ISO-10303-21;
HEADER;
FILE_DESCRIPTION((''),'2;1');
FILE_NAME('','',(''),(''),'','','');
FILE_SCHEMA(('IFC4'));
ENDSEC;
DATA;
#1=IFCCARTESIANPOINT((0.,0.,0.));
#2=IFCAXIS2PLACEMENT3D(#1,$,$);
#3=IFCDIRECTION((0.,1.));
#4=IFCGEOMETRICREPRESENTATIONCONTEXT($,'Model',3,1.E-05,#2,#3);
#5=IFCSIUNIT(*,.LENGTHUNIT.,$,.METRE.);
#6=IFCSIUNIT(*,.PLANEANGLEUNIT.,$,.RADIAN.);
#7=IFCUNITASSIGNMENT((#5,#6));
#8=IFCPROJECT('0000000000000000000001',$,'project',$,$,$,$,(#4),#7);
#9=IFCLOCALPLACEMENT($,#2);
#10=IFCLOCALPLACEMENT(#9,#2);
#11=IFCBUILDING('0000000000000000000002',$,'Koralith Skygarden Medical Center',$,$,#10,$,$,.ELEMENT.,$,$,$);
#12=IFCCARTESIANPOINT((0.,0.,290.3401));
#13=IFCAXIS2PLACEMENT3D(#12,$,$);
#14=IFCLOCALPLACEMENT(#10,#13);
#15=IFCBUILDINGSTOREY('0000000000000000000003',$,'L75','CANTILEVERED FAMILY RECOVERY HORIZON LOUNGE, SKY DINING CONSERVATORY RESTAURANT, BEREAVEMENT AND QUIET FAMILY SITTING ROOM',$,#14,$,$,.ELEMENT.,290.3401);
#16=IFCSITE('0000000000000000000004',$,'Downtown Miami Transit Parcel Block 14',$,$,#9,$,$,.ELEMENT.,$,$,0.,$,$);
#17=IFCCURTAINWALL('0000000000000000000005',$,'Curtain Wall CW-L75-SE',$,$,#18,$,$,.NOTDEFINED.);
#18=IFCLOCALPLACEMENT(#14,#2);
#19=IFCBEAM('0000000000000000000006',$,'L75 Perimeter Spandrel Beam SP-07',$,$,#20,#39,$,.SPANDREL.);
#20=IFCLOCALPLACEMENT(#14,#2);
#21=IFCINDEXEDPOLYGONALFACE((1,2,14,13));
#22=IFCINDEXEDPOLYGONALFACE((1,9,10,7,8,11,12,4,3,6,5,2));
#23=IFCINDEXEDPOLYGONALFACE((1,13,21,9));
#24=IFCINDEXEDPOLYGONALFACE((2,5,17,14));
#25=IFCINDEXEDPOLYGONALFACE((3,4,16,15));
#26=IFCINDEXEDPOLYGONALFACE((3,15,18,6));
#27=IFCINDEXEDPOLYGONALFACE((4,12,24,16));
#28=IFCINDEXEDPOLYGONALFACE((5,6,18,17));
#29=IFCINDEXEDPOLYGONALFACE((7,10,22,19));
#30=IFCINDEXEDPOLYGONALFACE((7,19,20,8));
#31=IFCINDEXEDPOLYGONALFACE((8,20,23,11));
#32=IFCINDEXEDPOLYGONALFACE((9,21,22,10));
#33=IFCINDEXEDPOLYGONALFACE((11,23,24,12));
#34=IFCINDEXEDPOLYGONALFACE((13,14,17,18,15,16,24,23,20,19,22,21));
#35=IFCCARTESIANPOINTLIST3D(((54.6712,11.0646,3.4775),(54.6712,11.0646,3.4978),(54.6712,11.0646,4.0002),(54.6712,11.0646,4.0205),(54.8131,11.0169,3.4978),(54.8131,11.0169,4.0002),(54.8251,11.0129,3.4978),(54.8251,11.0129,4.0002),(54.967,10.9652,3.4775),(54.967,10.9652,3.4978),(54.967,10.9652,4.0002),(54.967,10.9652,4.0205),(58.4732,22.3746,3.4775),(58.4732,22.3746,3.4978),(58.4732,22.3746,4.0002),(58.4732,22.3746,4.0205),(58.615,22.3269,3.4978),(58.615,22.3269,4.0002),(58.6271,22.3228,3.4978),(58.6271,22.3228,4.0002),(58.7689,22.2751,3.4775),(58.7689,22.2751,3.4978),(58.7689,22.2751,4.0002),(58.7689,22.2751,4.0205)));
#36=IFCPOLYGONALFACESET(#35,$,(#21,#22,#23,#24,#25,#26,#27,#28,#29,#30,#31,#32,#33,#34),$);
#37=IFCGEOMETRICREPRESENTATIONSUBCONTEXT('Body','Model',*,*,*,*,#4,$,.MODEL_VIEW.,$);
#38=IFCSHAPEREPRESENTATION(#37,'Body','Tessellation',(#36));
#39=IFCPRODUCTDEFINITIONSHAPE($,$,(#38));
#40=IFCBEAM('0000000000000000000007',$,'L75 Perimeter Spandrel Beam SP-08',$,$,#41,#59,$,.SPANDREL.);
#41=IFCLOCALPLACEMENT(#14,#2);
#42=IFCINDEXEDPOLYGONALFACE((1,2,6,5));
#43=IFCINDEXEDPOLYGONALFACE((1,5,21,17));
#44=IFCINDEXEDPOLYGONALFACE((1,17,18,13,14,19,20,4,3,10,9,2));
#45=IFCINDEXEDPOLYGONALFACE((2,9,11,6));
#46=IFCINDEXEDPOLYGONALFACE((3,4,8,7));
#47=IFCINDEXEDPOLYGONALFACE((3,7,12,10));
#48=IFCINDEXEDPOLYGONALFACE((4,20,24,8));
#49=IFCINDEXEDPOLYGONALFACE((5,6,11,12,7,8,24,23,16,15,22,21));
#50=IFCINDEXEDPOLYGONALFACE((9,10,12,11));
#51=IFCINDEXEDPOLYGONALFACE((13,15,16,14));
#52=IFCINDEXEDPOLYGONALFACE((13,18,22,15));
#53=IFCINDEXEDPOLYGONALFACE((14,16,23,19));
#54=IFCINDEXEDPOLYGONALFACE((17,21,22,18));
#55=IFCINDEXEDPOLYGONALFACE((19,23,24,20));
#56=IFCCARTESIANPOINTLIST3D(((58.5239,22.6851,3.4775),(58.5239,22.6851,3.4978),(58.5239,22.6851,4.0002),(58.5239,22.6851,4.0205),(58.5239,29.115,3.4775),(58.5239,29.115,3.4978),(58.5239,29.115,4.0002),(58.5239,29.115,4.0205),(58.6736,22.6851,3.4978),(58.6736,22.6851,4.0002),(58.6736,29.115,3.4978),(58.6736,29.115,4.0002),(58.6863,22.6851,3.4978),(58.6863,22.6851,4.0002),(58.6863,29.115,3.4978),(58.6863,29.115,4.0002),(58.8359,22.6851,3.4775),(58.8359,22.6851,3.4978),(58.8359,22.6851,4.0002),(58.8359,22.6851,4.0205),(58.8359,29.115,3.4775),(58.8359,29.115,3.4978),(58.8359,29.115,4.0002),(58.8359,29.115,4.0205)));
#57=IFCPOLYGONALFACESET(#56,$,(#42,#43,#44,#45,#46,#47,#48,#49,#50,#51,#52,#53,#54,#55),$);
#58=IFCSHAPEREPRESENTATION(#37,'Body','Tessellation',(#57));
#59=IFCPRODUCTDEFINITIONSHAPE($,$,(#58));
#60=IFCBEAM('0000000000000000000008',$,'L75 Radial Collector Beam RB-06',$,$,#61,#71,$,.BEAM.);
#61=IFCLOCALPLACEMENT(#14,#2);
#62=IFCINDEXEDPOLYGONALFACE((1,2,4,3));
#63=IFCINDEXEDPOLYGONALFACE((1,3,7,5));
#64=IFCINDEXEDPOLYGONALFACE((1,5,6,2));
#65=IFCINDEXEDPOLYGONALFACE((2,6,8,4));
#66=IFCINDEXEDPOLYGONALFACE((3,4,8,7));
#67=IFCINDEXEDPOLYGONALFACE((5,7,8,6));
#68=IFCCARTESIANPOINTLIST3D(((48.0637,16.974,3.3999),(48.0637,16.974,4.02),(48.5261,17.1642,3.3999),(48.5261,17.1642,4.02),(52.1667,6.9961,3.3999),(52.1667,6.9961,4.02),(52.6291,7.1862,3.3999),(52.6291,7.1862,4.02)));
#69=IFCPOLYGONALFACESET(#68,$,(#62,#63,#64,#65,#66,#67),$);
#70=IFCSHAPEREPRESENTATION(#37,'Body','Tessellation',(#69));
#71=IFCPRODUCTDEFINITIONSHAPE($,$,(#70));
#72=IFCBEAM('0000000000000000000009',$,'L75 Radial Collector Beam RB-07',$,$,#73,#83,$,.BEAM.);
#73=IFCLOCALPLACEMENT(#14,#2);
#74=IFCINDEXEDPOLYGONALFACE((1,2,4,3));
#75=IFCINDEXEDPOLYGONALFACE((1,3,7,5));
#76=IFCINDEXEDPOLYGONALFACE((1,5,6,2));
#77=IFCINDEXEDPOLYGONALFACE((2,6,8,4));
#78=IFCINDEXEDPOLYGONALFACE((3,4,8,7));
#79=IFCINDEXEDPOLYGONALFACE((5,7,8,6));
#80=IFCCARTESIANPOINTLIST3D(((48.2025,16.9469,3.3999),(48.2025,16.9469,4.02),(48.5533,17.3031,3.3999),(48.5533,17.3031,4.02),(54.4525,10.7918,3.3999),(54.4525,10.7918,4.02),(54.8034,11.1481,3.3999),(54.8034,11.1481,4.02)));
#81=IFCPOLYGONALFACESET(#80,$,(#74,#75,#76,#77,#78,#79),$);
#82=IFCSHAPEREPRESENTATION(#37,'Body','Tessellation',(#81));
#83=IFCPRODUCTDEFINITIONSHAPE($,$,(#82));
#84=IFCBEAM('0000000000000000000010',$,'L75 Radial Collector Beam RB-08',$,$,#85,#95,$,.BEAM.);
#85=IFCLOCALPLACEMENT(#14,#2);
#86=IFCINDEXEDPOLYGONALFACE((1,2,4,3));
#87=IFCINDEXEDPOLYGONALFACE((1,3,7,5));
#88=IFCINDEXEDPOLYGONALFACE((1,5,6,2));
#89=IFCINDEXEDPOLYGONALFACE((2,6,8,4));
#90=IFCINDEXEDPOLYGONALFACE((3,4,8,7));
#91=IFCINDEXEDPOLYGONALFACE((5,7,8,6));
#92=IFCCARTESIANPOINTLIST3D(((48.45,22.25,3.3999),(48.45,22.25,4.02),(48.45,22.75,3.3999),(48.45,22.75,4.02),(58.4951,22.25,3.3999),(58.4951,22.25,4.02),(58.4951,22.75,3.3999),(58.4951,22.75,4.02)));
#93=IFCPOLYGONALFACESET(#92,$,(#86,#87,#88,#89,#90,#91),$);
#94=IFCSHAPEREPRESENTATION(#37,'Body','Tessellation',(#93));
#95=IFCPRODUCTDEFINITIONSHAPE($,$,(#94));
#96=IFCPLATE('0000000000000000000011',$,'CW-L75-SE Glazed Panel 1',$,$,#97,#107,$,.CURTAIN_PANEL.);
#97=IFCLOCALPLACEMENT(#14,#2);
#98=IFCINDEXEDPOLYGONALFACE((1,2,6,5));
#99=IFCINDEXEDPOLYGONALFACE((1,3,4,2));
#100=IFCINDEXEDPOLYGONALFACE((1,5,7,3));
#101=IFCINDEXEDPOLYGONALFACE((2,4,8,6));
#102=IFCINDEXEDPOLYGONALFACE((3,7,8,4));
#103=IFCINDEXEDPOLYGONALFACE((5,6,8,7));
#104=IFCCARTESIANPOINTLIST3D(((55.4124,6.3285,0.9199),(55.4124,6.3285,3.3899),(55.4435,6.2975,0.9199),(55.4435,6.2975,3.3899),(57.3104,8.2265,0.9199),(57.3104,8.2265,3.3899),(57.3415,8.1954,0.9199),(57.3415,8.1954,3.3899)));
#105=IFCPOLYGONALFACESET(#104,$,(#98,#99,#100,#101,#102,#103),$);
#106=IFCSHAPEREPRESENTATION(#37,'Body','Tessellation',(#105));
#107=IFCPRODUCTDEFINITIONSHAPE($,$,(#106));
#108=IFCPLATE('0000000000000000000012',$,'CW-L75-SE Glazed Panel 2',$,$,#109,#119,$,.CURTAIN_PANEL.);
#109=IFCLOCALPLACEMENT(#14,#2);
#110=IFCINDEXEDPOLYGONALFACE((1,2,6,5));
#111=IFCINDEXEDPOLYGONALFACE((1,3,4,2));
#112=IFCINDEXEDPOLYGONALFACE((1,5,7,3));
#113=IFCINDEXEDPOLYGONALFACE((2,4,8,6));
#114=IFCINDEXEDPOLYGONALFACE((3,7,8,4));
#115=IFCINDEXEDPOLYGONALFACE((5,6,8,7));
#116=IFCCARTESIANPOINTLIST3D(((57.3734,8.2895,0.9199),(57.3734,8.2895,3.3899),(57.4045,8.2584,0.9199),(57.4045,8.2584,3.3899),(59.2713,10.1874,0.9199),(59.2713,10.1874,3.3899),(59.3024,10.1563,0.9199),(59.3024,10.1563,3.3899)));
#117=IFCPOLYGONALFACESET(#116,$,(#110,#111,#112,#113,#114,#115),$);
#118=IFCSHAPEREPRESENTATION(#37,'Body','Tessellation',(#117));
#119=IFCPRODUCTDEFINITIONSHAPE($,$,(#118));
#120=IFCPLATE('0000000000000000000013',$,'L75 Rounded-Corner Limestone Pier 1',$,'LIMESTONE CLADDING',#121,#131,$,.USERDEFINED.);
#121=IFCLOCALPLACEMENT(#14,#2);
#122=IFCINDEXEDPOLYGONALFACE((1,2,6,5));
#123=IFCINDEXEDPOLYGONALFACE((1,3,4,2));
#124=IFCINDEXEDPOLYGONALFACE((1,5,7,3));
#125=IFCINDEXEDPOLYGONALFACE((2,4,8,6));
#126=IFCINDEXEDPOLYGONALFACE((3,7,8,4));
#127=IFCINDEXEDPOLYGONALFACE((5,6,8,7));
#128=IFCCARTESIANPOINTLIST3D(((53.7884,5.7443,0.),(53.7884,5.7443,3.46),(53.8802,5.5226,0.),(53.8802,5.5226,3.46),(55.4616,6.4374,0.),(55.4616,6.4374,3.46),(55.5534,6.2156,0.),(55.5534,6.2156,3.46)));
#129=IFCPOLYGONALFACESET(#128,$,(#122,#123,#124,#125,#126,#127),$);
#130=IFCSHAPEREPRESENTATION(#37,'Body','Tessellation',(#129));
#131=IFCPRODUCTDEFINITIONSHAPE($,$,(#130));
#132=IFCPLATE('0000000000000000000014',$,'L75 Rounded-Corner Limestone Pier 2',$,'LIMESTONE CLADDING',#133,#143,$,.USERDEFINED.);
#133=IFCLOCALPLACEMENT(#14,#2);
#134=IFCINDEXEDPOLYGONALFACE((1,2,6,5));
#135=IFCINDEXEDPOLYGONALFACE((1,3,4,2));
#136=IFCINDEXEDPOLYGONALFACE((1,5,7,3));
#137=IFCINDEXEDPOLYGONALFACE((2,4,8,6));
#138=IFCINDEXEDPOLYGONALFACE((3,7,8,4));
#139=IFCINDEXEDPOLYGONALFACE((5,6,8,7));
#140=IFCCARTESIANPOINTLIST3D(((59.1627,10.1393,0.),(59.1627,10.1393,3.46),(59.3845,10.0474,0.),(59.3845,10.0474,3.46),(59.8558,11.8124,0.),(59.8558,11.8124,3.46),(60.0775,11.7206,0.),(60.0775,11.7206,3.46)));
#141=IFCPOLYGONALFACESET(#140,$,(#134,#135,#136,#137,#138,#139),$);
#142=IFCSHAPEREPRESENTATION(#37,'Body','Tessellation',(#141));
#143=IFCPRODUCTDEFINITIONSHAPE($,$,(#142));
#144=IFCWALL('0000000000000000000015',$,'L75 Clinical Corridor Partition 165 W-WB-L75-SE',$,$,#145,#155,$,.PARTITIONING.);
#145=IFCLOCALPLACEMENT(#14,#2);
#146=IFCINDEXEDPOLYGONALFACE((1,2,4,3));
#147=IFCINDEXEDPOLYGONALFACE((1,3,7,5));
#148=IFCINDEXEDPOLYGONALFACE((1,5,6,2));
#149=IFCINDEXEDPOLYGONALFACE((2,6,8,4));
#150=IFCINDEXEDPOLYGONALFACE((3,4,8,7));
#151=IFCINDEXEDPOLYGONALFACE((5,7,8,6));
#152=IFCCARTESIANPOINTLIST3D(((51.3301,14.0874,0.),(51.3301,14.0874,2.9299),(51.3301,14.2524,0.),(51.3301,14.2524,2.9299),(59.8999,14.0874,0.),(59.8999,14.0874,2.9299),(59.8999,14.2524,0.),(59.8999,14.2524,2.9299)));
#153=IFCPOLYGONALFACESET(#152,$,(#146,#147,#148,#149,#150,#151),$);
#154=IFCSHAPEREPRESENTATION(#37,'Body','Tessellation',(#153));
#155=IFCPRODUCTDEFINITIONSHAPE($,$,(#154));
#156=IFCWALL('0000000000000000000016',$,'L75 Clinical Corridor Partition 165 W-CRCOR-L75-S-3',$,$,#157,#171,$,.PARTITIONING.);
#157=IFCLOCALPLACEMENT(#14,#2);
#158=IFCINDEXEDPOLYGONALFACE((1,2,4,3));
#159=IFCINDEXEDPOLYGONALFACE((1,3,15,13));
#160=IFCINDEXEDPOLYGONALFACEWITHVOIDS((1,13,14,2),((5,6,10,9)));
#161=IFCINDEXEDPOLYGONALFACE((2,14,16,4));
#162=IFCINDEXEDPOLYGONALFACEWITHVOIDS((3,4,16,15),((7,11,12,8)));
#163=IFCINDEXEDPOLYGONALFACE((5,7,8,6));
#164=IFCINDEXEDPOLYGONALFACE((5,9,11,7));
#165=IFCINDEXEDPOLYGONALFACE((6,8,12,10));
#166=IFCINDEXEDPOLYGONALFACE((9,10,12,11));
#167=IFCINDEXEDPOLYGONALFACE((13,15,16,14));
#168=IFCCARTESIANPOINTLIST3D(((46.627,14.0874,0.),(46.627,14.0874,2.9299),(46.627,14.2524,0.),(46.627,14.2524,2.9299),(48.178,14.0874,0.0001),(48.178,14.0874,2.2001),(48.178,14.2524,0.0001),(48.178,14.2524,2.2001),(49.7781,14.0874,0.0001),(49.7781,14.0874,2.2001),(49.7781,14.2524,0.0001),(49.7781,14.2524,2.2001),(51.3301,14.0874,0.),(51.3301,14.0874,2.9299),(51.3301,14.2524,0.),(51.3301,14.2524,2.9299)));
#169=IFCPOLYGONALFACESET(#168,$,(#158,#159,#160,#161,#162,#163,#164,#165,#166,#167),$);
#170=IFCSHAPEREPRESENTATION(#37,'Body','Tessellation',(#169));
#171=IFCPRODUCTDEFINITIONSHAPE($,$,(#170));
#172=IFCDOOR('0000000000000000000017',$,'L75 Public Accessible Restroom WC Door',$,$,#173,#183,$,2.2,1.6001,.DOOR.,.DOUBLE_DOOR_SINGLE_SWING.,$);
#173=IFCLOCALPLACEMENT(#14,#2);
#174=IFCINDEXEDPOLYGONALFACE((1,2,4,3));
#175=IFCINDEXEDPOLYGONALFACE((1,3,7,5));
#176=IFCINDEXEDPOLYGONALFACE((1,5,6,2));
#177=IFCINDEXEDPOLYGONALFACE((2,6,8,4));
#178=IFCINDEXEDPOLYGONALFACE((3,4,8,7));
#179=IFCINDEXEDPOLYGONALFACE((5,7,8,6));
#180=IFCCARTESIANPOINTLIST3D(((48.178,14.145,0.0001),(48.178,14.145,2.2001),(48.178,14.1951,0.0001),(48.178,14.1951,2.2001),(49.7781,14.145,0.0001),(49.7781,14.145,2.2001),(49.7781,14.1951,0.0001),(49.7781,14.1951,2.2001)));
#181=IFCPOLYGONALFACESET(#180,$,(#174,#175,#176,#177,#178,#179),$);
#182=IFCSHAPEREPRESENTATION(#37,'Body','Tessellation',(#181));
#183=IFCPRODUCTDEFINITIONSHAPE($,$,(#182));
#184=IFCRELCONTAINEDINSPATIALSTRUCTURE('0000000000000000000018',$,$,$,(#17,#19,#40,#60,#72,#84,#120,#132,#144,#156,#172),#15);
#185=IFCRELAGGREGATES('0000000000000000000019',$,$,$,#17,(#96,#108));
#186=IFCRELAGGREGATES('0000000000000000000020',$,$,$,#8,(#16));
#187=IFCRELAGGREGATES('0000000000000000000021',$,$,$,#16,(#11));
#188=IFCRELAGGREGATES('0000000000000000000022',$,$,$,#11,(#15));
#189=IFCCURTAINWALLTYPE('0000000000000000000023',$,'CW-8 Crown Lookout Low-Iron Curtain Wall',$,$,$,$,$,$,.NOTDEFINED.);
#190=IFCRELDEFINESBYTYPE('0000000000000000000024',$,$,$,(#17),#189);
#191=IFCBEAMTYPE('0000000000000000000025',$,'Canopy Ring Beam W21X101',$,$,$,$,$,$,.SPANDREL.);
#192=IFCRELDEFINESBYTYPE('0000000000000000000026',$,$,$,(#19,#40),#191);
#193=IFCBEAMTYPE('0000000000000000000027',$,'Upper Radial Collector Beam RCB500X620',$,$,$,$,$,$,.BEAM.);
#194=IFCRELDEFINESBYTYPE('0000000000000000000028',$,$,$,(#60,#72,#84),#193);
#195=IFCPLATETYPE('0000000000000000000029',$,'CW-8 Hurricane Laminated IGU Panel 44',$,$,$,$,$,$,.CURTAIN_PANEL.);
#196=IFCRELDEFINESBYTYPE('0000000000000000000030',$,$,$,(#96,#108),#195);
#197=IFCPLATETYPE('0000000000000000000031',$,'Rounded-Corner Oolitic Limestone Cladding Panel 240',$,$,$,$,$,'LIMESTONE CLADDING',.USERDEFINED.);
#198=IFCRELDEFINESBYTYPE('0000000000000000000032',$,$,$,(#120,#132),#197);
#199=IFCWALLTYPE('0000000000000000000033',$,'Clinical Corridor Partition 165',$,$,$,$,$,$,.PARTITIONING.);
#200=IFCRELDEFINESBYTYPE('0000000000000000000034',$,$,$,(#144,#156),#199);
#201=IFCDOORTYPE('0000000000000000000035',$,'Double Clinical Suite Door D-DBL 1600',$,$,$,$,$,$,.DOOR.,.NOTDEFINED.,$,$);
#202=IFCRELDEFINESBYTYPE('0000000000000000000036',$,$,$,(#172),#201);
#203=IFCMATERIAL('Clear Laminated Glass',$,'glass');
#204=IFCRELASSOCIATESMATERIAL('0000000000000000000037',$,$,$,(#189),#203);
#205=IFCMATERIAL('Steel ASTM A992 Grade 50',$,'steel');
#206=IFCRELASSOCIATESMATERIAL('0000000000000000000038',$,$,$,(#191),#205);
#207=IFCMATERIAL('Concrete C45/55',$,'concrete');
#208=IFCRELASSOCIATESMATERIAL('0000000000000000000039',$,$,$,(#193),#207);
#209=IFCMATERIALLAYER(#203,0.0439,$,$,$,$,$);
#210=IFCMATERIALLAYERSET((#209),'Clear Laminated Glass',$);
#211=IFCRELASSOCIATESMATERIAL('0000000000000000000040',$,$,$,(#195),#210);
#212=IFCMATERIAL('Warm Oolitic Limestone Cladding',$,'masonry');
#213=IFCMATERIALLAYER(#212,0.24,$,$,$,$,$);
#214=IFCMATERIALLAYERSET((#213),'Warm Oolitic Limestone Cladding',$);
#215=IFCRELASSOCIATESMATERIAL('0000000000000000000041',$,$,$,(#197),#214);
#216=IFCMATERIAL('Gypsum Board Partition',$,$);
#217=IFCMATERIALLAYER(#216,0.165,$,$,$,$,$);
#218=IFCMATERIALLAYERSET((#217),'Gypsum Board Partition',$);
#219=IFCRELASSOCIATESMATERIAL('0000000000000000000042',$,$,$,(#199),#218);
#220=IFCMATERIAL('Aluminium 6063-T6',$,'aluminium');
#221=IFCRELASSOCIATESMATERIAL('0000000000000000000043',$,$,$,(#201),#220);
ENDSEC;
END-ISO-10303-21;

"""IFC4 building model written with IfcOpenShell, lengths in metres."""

from ifc_helpers import new_model, si_unit, direction, frame, frame_2d, origin, origin_2d, place, context, subcontext, project, spatial, rectangle, i_section, extrude, material, layer, layer_set, material_profile, profile_set, type_object, element, fill, aggregate, save


model = new_model("IFC4")

# Units and contexts
model_context = context("Model", 3, precision=1e-05, world=origin(), true_north=direction((0.0, 1.0)))
body_context = subcontext(model_context, "Body", "Model", "MODEL_VIEW")
ifc_project = project(units=[si_unit("LENGTHUNIT", "METRE"), si_unit("PLANEANGLEUNIT", "RADIAN")], contexts=[model_context])

# Site, building, storey
site_placement = place(None, origin())
site = spatial("IfcSite", under=ifc_project, at=site_placement, Name="Downtown Miami Transit Parcel Block 14", CompositionType="ELEMENT", RefElevation=0.0)
building_placement = place(site_placement, origin())
building = spatial("IfcBuilding", under=site, at=building_placement, Name="Koralith Skygarden Medical Center", CompositionType="ELEMENT")
storey_placement = place(building_placement, frame((0.0, 0.0, 290.3401)))
storey = spatial("IfcBuildingStorey", under=building, at=storey_placement, Name="L75", Description="CANTILEVERED FAMILY RECOVERY HORIZON LOUNGE, SKY DINING CONSERVATORY RESTAURANT, BEREAVEMENT AND QUIET FAMILY SITTING ROOM", CompositionType="ELEMENT", Elevation=290.3401)

# Shared definitions
ifc_material_1 = material(Name="Steel ASTM A992 Grade 50", Category="steel")

# Curtain wall
ifc_material_2 = material(Name="Clear Laminated Glass", Category="glass")
curtain_wall_type = type_object("IfcCurtainWallType", Name="CW-8 Crown Lookout Low-Iron Curtain Wall", PredefinedType="NOTDEFINED", material=ifc_material_2)
curtain_wall_placement = place(storey_placement, origin())
curtain_wall = element("IfcCurtainWall", 1, at=curtain_wall_placement, inside=storey, type_object=curtain_wall_type, Name="Curtain Wall CW-L75-SE", PredefinedType="NOTDEFINED")
ifc_material_3 = material(Name="Aluminium 6063-T6", Category="aluminium")

# Beams
ifc_material_profile_1 = material_profile(ifc_material_1, i_section(OverallWidth=0.312, OverallDepth=0.543, WebThickness=0.0127, FlangeThickness=0.0203, at=origin_2d()), Name="W21X101")
ifc_profile_set_1 = profile_set([ifc_material_profile_1], Name="Steel ASTM A992 Grade 50")
beam_type_1 = type_object("IfcBeamType", Name="Canopy Ring Beam W21X101", PredefinedType="SPANDREL", material=ifc_profile_set_1)
beam_1_placement = place(storey_placement, frame((54.8191, 11.0149, 3.749), z_axis=(0.318639, 0.947876, 0.0), x_axis=(-0.947876, 0.318639, 0.0)))
element("IfcBeam", 2, at=beam_1_placement, inside=storey, type_object=beam_type_1, Name="L75 Perimeter Spandrel Beam SP-07", PredefinedType="SPANDREL", context=body_context, shape_type="SweptSolid", body=[
    extrude(i_section(OverallWidth=0.312, OverallDepth=0.543, WebThickness=0.0127, FlangeThickness=0.0203, at=origin_2d()), origin(), (0.0, 0.0, 1.0), 11.9319),
])
beam_2_placement = place(storey_placement, frame((58.6799, 22.6851, 3.749), z_axis=(0.0, 1.0, 0.0), x_axis=(-1.0, 0.0, 0.0)))
element("IfcBeam", 3, at=beam_2_placement, inside=storey, type_object=beam_type_1, Name="L75 Perimeter Spandrel Beam SP-08", PredefinedType="SPANDREL", context=body_context, shape_type="SweptSolid", body=[
    extrude(i_section(OverallWidth=0.312, OverallDepth=0.543, WebThickness=0.0127, FlangeThickness=0.0203, at=origin_2d()), origin(), (0.0, 0.0, 1.0), 6.4299),
])
ifc_material_4 = material(Name="Concrete C45/55", Category="concrete")
ifc_material_profile_2 = material_profile(ifc_material_4, rectangle(XDim=0.5, YDim=0.6201, at=origin_2d()), Name="RCB500X620")
ifc_profile_set_2 = profile_set([ifc_material_profile_2], Name="Concrete C45/55")
beam_type_2 = type_object("IfcBeamType", Name="Upper Radial Collector Beam RCB500X620", PredefinedType="BEAM", material=ifc_profile_set_2)
beam_3_placement = place(storey_placement, frame((48.2949, 17.0691, 3.71), z_axis=(0.380308, -0.92486, 0.0), x_axis=(0.92486, 0.380308, 0.0)))
element("IfcBeam", 4, at=beam_3_placement, inside=storey, type_object=beam_type_2, Name="L75 Radial Collector Beam RB-06", PredefinedType="BEAM", context=body_context, shape_type="SweptSolid", body=[
    extrude(rectangle(XDim=0.5, YDim=0.6201, at=origin_2d()), origin(), (0.0, 0.0, 1.0), 10.7886),
])
beam_4_placement = place(storey_placement, frame((48.3779, 17.125, 3.71), z_axis=(0.712499, -0.701673, 0.0), x_axis=(0.701673, 0.712499, 0.0)))
element("IfcBeam", 5, at=beam_4_placement, inside=storey, type_object=beam_type_2, Name="L75 Radial Collector Beam RB-07", PredefinedType="BEAM", context=body_context, shape_type="SweptSolid", body=[
    extrude(rectangle(XDim=0.5, YDim=0.6201, at=origin_2d()), origin(), (0.0, 0.0, 1.0), 8.772),
])
beam_5_placement = place(storey_placement, frame((48.45, 22.5, 3.71), z_axis=(1.0, 0.0, 0.0), x_axis=(0.0, 1.0, 0.0)))
element("IfcBeam", 6, at=beam_5_placement, inside=storey, type_object=beam_type_2, Name="L75 Radial Collector Beam RB-08", PredefinedType="BEAM", context=body_context, shape_type="SweptSolid", body=[
    extrude(rectangle(XDim=0.5, YDim=0.6201, at=origin_2d()), origin(), (0.0, 0.0, 1.0), 10.0452),
])

# Plates
ifc_layer_1 = layer(ifc_material_2, 0.0439)
ifc_layer_set_1 = layer_set([ifc_layer_1], Name="Clear Laminated Glass")
plate_type_1 = type_object("IfcPlateType", Name="CW-8 Hurricane Laminated IGU Panel 44", PredefinedType="CURTAIN_PANEL", material=ifc_layer_set_1)
plate_1_placement = place(storey_placement, frame((56.377, 7.262, 0.9199), z_axis=(0.0, 0.0, 1.0), x_axis=(0.707107, 0.707107, 0.0)))
plate_1 = element("IfcPlate", 7, at=plate_1_placement, type_object=plate_type_1, Name="CW-L75-SE Glazed Panel 1", PredefinedType="CURTAIN_PANEL", context=body_context, shape_type="SweptSolid", body=[
    extrude(rectangle(XDim=2.6841, YDim=0.0439, at=origin_2d()), origin(), (0.0, 0.0, 1.0), 2.47),
])
plate_2_placement = place(storey_placement, frame((58.3379, 9.2229, 0.9199), z_axis=(0.0, 0.0, 1.0), x_axis=(0.707107, 0.707107, 0.0)))
plate_2 = element("IfcPlate", 8, at=plate_2_placement, type_object=plate_type_1, Name="CW-L75-SE Glazed Panel 2", PredefinedType="CURTAIN_PANEL", context=body_context, shape_type="SweptSolid", body=[
    extrude(rectangle(XDim=2.6841, YDim=0.0439, at=origin_2d()), origin(), (0.0, 0.0, 1.0), 2.47),
])
aggregate(curtain_wall, [plate_1, plate_2])

# Plates
ifc_material_5 = material(Name="Warm Oolitic Limestone Cladding", Category="masonry")
ifc_layer_2 = layer(ifc_material_5, 0.24)
ifc_layer_set_2 = layer_set([ifc_layer_2], Name="Warm Oolitic Limestone Cladding")
plate_type_2 = type_object("IfcPlateType", Name="Rounded-Corner Oolitic Limestone Cladding Panel 240", ElementType="LIMESTONE CLADDING", PredefinedType="USERDEFINED", material=ifc_layer_set_2)
for number, where, z_axis, x_axis, name in (
    (9, (54.6709, 5.98, 0.0), (0.0, 0.0, 1.0), (0.923885, 0.382671, 0.0), "L75 Rounded-Corner Limestone Pier 1"),
    (10, (59.6201, 10.9299, 0.0), (0.0, 0.0, 1.0), (0.382671, 0.923885, 0.0), "L75 Rounded-Corner Limestone Pier 2"),
):
    element("IfcPlate", number, at=place(storey_placement, frame(where, z_axis=z_axis, x_axis=x_axis)), inside=storey, type_object=plate_type_2, Name=name, ObjectType="LIMESTONE CLADDING", PredefinedType="USERDEFINED", context=body_context, shape_type="SweptSolid", body=[
        extrude(rectangle(XDim=1.811, YDim=0.24, at=origin_2d()), origin(), (0.0, 0.0, 1.0), 3.46),
    ])

# Wall
ifc_material_6 = material(Name="Gypsum Board Partition")
ifc_layer_3 = layer(ifc_material_6, 0.165)
ifc_layer_set_3 = layer_set([ifc_layer_3], Name="Gypsum Board Partition")
wall_type_1 = type_object("IfcWallType", Name="Clinical Corridor Partition 165", PredefinedType="PARTITIONING", material=ifc_layer_set_3)
wall_1_placement = place(storey_placement, frame((51.3301, 14.1699, 0.0), z_axis=(0.0, 0.0, 1.0), x_axis=(1.0, 0.0, 0.0)))
element("IfcWall", 11, at=wall_1_placement, inside=storey, type_object=wall_type_1, Name="L75 Clinical Corridor Partition 165 W-WB-L75-SE", PredefinedType="PARTITIONING", context=body_context, shape_type="SweptSolid", body=[
    extrude(rectangle(XDim=8.5698, YDim=0.165, at=frame_2d((4.2849, 0.0))), origin(), (0.0, 0.0, 1.0), 2.9299),
])

# Wall, opening, door
wall_2_placement = place(storey_placement, frame((46.627, 14.1699, 0.0), z_axis=(0.0, 0.0, 1.0), x_axis=(1.0, 0.0, 0.0)))
wall_2 = element("IfcWall", 12, at=wall_2_placement, inside=storey, type_object=wall_type_1, Name="L75 Clinical Corridor Partition 165 W-CRCOR-L75-S-3", PredefinedType="PARTITIONING", context=body_context, shape_type="SweptSolid", body=[
    extrude(rectangle(XDim=4.7031, YDim=0.165, at=frame_2d((2.3516, 0.0))), origin(), (0.0, 0.0, 1.0), 2.9299),
])
opening_1_placement = place(wall_2_placement, frame((1.551, 0.0, 0.0)))
opening_1 = element("IfcOpeningElement", 13, at=opening_1_placement, cuts=wall_2, PredefinedType="OPENING", context=body_context, shape_type="SweptSolid", body=[
    extrude(rectangle(XDim=1.6001, YDim=2.2, at=frame_2d((0.8, 1.1001))), frame((0.0, 0.0925, 0.0), z_axis=(0.0, -1.0, 0.0), x_axis=(1.0, 0.0, 0.0)), (0.0, 0.0, 1.0), 0.1851),
])
door_type_1 = type_object("IfcDoorType", Name="Double Clinical Suite Door D-DBL 1600", OperationType="NOTDEFINED", PredefinedType="DOOR", material=ifc_material_3)
door_1_placement = place(opening_1_placement, frame((1.6001, 0.0, 0.0), z_axis=(0.0, 0.0, 1.0), x_axis=(-1.0, 0.0, 0.0)))
door_1 = element("IfcDoor", 14, at=door_1_placement, inside=storey, type_object=door_type_1, Name="L75 Public Accessible Restroom WC Door", OperationType="DOUBLE_DOOR_SINGLE_SWING", OverallHeight=2.2, OverallWidth=1.6001, PredefinedType="DOOR", context=body_context, shape_type="SweptSolid", body=[
    extrude(rectangle(XDim=1.6001, YDim=2.2, at=frame_2d((0.8, 1.1001))), frame((0.0, 0.0249, 0.0), z_axis=(0.0, -1.0, 0.0), x_axis=(1.0, 0.0, 0.0)), (0.0, 0.0, 1.0), 0.05),
])
fill(opening_1, door_1)

save(model, "model.ifc")
